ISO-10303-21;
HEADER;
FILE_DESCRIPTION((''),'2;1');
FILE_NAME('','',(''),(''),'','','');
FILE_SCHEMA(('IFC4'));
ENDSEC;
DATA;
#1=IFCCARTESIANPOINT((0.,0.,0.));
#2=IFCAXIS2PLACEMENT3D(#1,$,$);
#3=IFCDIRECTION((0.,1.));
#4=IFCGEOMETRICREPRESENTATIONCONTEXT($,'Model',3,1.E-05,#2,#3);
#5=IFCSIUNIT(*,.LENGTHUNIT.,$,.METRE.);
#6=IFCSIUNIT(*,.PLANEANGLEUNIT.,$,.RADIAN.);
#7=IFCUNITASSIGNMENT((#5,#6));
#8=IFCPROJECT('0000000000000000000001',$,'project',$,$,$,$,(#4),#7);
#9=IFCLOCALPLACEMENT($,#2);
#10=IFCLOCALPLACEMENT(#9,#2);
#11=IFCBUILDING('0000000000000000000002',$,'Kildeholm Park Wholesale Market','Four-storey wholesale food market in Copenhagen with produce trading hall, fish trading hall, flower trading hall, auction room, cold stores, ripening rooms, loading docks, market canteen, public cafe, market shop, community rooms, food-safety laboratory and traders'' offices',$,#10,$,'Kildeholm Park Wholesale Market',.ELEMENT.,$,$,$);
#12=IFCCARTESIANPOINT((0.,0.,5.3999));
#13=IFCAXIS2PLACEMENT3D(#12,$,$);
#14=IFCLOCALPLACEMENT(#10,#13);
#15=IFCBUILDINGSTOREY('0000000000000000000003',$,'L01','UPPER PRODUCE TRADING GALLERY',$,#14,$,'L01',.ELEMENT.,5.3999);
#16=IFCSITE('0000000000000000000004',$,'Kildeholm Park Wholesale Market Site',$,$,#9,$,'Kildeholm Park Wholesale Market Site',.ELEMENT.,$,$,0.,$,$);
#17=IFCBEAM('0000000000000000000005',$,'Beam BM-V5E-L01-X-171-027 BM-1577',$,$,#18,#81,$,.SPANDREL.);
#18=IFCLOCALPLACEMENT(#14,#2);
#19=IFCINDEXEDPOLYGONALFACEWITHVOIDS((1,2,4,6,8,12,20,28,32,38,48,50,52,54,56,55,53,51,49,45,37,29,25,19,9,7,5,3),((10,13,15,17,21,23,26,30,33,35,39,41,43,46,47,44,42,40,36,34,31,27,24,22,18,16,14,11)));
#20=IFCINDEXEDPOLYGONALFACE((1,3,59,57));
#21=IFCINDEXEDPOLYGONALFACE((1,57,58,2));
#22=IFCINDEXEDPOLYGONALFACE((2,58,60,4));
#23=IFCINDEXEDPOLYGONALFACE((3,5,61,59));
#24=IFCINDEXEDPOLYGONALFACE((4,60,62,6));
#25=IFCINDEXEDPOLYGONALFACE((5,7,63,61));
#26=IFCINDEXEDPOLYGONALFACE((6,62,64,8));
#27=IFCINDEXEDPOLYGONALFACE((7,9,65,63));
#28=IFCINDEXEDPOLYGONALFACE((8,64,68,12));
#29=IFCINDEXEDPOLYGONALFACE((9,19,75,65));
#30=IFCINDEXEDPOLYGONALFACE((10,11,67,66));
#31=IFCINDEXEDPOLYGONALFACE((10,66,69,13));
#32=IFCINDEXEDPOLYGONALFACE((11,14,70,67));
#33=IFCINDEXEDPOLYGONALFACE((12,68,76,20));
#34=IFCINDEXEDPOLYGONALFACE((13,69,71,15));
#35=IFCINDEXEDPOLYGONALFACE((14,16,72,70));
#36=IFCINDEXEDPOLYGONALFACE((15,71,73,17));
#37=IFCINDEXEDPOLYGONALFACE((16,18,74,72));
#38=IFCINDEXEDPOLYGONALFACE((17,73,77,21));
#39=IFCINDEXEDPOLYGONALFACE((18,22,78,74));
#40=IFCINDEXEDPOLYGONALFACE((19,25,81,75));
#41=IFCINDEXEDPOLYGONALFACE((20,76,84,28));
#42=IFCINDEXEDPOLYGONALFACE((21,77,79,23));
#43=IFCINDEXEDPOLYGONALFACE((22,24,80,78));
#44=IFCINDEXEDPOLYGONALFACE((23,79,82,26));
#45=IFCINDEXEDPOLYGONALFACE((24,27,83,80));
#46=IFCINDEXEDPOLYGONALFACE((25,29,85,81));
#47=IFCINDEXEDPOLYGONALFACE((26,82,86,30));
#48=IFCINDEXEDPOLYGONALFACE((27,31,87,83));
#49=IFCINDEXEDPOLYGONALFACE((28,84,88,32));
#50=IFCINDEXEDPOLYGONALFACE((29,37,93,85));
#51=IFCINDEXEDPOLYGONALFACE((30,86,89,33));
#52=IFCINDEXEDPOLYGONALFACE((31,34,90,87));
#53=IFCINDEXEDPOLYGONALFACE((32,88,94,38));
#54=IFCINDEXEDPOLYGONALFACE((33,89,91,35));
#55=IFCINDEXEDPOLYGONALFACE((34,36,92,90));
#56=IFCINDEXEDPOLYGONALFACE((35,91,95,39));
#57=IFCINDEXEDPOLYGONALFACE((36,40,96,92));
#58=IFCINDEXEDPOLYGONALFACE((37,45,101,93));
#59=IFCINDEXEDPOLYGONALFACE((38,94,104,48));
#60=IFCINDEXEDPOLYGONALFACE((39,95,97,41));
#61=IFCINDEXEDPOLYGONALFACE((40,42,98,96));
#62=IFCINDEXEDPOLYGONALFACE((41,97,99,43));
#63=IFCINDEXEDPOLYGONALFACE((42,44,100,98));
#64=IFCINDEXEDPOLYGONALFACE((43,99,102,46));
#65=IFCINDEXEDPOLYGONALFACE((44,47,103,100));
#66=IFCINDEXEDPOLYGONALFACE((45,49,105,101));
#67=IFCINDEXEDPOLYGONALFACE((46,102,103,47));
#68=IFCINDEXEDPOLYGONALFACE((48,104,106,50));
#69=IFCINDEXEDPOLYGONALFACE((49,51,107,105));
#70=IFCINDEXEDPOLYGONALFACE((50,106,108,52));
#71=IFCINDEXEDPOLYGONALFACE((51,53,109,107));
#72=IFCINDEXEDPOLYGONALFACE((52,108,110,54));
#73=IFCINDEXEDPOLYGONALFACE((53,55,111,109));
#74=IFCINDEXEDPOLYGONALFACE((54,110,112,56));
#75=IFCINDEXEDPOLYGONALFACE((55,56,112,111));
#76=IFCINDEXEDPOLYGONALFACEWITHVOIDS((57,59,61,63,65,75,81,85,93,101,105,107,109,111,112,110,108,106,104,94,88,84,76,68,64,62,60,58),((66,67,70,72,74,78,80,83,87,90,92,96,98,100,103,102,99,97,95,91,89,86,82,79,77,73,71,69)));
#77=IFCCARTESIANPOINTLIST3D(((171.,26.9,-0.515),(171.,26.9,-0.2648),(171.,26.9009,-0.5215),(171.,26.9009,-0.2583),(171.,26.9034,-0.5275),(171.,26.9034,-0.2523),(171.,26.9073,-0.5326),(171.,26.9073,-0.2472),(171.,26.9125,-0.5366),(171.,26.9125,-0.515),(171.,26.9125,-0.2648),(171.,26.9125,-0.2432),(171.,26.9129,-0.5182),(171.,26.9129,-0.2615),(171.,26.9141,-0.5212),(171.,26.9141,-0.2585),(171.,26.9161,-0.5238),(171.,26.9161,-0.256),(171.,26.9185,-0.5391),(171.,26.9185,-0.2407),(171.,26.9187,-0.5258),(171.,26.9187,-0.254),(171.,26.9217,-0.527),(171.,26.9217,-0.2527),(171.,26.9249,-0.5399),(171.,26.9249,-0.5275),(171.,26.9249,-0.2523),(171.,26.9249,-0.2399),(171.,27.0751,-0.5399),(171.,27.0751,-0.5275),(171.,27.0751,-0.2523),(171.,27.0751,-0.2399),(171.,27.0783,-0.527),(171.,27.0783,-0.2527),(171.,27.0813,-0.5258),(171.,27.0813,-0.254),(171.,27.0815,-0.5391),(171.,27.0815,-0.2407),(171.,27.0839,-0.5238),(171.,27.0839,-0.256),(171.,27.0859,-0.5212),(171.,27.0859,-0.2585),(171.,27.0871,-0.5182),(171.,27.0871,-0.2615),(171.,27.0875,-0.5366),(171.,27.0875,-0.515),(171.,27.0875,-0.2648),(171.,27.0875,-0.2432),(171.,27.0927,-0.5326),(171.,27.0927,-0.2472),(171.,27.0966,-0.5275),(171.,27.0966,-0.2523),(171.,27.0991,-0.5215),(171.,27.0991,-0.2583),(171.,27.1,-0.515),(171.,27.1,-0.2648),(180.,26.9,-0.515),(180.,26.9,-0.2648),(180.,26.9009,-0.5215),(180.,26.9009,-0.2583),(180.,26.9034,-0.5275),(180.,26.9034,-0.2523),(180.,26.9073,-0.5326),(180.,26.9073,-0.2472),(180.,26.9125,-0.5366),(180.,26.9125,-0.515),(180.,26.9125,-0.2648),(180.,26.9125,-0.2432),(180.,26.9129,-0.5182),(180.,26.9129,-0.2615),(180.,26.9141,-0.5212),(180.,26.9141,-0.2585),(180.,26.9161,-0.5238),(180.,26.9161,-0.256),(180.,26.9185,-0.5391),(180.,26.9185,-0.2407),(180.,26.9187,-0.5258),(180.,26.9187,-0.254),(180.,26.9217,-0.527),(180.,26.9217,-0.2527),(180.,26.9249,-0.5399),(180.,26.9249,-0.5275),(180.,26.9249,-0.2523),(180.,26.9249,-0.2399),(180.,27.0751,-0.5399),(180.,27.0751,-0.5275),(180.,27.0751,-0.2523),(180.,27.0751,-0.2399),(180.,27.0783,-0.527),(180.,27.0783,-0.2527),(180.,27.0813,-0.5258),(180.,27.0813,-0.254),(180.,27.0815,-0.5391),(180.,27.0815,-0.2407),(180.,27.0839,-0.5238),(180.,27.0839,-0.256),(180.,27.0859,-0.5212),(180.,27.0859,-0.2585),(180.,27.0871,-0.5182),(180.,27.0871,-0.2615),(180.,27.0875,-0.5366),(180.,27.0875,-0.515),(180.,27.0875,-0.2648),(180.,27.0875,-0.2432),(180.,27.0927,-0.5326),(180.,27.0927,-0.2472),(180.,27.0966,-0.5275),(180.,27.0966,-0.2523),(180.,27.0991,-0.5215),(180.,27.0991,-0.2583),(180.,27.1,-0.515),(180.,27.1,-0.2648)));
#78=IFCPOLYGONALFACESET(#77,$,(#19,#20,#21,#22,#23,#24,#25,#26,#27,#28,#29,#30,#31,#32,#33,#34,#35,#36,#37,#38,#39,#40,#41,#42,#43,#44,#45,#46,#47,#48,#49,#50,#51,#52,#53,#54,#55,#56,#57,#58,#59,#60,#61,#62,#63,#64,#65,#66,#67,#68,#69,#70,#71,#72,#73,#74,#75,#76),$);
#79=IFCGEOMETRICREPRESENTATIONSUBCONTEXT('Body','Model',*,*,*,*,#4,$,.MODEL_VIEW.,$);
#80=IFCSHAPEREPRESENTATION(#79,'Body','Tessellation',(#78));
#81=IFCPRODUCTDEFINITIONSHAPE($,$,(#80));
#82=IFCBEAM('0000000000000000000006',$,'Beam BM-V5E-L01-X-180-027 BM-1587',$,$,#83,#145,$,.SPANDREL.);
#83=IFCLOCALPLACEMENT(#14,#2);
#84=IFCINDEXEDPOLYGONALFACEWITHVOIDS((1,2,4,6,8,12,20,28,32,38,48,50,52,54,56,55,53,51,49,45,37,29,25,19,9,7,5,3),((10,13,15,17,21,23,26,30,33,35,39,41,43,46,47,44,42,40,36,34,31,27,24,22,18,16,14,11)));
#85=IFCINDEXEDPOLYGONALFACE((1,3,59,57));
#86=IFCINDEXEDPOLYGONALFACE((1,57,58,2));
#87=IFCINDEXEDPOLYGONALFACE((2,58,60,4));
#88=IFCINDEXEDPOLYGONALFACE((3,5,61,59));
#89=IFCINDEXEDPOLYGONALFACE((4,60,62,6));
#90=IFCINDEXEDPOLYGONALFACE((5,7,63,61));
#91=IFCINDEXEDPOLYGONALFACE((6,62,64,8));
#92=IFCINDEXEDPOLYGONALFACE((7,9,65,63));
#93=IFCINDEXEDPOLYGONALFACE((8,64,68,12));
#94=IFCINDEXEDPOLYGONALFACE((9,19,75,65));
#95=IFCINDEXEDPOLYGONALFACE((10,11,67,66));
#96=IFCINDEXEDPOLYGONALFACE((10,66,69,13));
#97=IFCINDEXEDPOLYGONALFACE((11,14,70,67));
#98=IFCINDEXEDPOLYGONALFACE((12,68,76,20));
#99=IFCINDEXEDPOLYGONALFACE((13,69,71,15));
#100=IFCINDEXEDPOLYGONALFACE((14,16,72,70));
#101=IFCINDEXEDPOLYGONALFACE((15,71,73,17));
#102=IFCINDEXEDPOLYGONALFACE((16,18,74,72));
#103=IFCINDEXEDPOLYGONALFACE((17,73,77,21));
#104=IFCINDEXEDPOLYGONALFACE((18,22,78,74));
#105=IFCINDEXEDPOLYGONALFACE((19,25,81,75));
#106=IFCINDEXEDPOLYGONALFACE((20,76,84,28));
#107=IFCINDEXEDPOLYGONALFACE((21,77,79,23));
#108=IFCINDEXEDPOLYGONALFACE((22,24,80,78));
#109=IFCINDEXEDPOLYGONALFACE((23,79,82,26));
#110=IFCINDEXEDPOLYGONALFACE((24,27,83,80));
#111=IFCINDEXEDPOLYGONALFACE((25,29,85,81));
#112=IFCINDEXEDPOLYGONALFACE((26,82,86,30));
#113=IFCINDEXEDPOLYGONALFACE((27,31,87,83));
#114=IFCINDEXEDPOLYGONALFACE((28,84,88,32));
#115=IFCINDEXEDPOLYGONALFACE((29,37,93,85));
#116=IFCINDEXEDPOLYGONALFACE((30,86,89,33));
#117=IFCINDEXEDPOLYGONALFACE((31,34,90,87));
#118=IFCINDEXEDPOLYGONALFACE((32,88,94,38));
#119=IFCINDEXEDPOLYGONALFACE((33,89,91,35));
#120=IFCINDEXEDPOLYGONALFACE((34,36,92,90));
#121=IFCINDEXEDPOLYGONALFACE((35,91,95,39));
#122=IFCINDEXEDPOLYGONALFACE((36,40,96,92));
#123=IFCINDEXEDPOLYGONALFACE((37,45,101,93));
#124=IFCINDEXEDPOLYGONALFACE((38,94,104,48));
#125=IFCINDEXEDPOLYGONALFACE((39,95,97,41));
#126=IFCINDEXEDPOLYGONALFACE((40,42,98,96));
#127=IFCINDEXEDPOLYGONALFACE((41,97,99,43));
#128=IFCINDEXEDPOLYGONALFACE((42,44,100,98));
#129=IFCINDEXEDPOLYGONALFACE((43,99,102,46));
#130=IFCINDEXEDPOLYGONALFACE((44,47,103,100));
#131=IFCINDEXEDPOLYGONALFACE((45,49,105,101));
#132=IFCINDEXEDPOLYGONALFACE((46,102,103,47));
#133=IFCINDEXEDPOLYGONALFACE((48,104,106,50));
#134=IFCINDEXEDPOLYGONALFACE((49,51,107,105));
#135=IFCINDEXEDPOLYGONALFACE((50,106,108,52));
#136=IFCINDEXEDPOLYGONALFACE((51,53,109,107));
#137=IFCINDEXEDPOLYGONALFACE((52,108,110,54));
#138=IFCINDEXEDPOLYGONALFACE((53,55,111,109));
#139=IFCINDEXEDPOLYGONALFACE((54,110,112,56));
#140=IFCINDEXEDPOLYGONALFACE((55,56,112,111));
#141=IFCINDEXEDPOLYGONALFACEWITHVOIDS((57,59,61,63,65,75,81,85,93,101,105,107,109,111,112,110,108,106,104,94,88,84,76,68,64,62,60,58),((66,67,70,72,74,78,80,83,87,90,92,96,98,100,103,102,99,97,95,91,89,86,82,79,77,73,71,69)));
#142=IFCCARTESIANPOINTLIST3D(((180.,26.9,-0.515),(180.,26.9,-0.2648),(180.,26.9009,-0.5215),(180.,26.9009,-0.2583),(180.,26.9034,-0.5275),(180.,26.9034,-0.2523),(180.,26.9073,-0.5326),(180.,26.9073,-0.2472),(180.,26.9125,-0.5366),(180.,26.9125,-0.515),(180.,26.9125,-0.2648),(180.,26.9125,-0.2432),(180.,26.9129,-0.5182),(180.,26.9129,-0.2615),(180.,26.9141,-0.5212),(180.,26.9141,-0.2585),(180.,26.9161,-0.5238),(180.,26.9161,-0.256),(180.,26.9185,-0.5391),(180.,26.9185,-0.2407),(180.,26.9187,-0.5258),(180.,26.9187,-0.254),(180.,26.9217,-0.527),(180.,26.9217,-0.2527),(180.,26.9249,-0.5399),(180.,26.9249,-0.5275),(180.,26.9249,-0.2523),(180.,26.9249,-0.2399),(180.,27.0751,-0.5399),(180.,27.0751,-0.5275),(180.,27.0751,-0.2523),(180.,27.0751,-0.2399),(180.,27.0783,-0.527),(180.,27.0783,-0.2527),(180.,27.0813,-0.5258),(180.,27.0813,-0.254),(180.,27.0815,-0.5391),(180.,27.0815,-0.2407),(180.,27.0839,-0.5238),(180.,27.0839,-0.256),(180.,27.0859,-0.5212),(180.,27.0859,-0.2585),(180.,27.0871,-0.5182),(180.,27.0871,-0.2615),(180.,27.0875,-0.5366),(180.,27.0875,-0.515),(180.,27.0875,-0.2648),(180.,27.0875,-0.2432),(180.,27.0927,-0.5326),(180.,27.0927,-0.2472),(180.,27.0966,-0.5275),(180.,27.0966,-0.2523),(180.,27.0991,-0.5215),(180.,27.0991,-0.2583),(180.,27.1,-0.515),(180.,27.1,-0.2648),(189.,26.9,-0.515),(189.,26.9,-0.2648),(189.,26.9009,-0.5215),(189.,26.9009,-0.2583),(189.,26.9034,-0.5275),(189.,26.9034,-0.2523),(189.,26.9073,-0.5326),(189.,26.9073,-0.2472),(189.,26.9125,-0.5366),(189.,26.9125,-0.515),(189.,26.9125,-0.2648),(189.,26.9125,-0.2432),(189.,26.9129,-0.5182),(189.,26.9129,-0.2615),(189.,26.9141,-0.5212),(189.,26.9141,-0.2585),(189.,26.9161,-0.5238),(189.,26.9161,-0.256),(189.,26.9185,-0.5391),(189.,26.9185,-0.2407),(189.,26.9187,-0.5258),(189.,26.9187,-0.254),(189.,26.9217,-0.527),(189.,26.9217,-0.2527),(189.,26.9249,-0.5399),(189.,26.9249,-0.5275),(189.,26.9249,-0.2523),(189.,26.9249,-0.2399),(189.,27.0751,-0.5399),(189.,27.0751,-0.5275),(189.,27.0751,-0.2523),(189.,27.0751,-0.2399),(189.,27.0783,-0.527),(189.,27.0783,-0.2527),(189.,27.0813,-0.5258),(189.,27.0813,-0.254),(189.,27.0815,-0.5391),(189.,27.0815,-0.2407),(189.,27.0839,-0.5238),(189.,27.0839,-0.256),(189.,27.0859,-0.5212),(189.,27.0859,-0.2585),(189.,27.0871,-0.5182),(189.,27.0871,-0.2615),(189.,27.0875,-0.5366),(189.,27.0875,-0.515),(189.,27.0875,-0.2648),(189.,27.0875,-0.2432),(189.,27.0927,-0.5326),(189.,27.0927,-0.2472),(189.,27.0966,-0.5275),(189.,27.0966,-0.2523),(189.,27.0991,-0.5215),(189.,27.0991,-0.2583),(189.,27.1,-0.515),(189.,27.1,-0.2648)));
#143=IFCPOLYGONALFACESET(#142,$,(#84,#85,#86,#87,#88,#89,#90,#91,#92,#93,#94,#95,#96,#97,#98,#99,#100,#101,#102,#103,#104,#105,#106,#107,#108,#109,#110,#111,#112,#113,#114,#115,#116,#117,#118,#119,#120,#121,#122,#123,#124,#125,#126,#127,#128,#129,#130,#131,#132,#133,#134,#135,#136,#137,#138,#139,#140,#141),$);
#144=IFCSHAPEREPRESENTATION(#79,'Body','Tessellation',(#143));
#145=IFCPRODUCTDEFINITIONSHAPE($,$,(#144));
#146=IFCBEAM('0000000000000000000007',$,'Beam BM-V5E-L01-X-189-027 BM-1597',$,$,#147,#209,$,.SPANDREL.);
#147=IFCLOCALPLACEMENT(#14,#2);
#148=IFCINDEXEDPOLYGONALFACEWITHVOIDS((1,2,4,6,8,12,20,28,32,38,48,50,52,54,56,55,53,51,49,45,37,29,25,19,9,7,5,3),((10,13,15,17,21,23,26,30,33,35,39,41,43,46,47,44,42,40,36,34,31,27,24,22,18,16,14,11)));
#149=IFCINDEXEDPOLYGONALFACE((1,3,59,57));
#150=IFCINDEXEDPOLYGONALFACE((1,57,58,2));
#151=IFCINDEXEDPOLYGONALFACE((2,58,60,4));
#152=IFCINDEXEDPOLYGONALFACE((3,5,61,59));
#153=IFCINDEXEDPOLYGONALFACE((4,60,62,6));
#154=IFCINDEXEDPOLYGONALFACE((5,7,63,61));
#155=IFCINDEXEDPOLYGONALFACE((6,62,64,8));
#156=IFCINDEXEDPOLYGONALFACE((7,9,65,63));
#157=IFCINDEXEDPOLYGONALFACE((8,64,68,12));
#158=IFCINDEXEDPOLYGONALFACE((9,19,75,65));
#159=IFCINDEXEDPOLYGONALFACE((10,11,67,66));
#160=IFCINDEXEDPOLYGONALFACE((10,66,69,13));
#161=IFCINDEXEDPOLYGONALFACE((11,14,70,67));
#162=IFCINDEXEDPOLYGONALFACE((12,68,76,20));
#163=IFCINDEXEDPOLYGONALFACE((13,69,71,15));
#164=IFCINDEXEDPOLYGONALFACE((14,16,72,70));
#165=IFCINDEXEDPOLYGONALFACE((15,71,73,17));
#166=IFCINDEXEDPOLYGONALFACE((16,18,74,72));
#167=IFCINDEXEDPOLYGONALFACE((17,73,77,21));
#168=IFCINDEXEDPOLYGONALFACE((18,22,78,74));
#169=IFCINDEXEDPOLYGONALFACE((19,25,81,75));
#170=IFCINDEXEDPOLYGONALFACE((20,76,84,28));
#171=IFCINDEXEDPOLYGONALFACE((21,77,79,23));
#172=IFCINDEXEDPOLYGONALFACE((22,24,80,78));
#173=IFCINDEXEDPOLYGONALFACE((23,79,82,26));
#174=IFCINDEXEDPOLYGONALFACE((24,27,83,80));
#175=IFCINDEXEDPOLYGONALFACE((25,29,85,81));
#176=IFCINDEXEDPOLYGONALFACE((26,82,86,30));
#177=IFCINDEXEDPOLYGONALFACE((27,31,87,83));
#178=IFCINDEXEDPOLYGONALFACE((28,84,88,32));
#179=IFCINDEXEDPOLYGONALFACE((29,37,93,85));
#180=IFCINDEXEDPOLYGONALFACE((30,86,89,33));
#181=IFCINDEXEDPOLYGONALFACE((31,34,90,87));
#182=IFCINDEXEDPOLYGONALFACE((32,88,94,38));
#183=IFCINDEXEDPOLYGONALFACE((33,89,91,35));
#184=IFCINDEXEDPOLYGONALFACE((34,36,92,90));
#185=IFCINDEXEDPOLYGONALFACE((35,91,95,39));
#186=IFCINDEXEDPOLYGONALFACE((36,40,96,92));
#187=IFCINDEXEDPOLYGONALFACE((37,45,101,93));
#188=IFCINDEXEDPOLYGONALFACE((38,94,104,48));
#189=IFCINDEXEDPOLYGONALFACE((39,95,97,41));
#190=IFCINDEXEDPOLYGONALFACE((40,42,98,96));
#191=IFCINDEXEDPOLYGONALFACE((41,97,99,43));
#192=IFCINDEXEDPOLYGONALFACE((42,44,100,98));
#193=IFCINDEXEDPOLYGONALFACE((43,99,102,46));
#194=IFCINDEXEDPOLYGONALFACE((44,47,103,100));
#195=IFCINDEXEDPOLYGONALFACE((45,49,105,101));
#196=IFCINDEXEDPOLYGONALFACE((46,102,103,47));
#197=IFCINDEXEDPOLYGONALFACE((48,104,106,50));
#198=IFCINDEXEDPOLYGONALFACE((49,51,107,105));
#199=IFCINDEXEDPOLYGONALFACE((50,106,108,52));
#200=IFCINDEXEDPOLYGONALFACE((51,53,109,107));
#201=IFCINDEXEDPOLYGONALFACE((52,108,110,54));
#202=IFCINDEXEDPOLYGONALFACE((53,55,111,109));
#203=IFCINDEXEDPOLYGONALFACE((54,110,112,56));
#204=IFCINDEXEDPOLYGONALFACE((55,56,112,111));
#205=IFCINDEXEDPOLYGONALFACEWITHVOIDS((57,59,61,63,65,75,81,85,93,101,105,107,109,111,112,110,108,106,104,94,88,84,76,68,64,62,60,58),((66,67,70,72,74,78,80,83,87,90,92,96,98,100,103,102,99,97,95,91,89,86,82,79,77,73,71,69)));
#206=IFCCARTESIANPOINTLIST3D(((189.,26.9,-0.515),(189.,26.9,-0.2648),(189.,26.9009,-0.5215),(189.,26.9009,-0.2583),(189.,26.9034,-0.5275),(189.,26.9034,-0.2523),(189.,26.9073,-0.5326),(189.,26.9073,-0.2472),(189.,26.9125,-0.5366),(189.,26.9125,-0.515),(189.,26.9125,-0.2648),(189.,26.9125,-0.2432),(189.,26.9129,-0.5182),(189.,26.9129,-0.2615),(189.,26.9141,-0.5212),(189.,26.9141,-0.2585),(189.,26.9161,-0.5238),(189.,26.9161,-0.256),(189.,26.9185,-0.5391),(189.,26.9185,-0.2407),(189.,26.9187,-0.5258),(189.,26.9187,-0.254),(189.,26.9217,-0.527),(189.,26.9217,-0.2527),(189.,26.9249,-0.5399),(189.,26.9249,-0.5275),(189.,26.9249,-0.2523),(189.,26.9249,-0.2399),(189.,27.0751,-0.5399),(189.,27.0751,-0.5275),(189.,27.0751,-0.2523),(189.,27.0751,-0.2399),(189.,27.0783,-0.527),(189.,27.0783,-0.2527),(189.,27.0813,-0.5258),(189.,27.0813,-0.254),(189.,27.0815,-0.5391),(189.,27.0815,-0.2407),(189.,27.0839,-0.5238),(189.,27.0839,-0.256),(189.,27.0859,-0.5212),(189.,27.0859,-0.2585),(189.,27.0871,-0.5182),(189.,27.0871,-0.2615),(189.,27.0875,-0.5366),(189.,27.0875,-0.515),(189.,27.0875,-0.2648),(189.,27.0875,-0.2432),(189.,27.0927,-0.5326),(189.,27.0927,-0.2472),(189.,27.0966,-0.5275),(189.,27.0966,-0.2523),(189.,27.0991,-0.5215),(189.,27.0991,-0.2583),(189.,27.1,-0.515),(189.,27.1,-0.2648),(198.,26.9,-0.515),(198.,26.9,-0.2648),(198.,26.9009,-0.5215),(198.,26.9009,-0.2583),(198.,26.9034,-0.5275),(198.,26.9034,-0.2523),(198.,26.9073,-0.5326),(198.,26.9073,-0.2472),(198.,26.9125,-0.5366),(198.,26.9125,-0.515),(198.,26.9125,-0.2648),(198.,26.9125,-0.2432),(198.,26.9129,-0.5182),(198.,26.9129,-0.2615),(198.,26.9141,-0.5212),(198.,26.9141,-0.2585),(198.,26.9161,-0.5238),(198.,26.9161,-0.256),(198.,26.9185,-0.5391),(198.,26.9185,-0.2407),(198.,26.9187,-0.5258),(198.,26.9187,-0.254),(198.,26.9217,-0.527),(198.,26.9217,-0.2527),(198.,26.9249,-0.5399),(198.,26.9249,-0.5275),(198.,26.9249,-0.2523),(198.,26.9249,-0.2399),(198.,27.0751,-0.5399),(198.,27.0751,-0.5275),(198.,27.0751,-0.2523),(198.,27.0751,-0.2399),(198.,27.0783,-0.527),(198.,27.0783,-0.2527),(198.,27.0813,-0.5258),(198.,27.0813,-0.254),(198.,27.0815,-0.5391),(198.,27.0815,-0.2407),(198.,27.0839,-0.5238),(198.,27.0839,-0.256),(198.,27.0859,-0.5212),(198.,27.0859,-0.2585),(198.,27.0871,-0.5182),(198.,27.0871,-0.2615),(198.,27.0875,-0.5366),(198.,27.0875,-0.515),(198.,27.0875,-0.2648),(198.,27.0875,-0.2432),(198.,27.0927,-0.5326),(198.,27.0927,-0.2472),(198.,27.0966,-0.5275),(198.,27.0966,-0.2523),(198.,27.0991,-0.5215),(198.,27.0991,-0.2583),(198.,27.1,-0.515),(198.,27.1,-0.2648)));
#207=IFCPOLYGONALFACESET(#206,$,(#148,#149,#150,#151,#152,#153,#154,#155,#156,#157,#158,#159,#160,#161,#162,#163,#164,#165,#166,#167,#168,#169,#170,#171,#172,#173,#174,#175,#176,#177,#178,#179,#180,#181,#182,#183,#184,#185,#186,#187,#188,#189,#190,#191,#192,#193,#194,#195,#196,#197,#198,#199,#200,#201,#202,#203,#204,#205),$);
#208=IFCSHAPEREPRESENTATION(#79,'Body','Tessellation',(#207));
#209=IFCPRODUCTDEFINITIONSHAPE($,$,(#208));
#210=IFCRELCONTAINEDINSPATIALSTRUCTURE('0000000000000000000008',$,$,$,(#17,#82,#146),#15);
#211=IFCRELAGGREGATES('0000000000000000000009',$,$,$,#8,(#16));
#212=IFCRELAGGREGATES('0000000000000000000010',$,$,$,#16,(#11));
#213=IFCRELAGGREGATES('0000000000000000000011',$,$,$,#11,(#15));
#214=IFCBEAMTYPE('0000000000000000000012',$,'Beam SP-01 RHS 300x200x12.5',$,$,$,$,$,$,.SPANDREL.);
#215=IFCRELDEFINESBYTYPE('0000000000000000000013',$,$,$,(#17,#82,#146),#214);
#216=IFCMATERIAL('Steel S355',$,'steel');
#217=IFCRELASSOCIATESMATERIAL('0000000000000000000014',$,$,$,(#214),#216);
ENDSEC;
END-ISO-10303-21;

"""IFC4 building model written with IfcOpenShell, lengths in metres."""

from ifc_helpers import new_model, si_unit, direction, frame, origin, origin_2d, place, context, subcontext, project, spatial, hollow_rectangle, extrude, material, material_profile, profile_set, type_object, element, save


model = new_model("IFC4")

# Units and contexts
model_context = context("Model", 3, precision=1e-05, world=origin(), true_north=direction((0.0, 1.0)))
body_context = subcontext(model_context, "Body", "Model", "MODEL_VIEW")
ifc_project = project(units=[si_unit("LENGTHUNIT", "METRE"), si_unit("PLANEANGLEUNIT", "RADIAN")], contexts=[model_context])

# Site, building, storey
site_placement = place(None, origin())
site = spatial("IfcSite", under=ifc_project, at=site_placement, Name="Kildeholm Park Wholesale Market Site", LongName="Kildeholm Park Wholesale Market Site", CompositionType="ELEMENT", RefElevation=0.0)
building_placement = place(site_placement, origin())
building = spatial("IfcBuilding", under=site, at=building_placement, Name="Kildeholm Park Wholesale Market", Description="Four-storey wholesale food market in Copenhagen with produce trading hall, fish trading hall, flower trading hall, auction room, cold stores, ripening rooms, loading docks, market canteen, public cafe, market shop, community rooms, food-safety laboratory and traders' offices", LongName="Kildeholm Park Wholesale Market", CompositionType="ELEMENT")
storey_placement = place(building_placement, frame((0.0, 0.0, 5.3999)))
storey = spatial("IfcBuildingStorey", under=building, at=storey_placement, Name="L01", Description="UPPER PRODUCE TRADING GALLERY", LongName="L01", CompositionType="ELEMENT", Elevation=5.3999)

# Shared definitions
ifc_material_1 = material(Name="Steel S355", Category="steel")

# Beams
ifc_material_profile_1 = material_profile(ifc_material_1, hollow_rectangle(XDim=0.2, YDim=0.3, WallThickness=0.0125, InnerFilletRadius=0.0125, OuterFilletRadius=0.0249, at=origin_2d()), Name="RHS 300x200x12.5")
ifc_profile_set_1 = profile_set([ifc_material_profile_1], Name="Steel S355")
beam_type_1 = type_object("IfcBeamType", Name="Beam SP-01 RHS 300x200x12.5", PredefinedType="SPANDREL", material=ifc_profile_set_1)
for number, where, z_axis, x_axis, name in (
    (1, (171.0, 27.0, -0.3899), (1.0, 0.0, 0.0), (0.0, 1.0, 0.0), "Beam BM-V5E-L01-X-171-027 BM-1577"),
    (2, (180.0, 27.0, -0.3899), (1.0, 0.0, 0.0), (0.0, 1.0, 0.0), "Beam BM-V5E-L01-X-180-027 BM-1587"),
    (3, (189.0, 27.0, -0.3899), (1.0, 0.0, 0.0), (0.0, 1.0, 0.0), "Beam BM-V5E-L01-X-189-027 BM-1597"),
):
    element("IfcBeam", number, at=place(storey_placement, frame(where, z_axis=z_axis, x_axis=x_axis)), inside=storey, type_object=beam_type_1, Name=name, PredefinedType="SPANDREL", context=body_context, shape_type="SweptSolid", body=[
        extrude(hollow_rectangle(XDim=0.2, YDim=0.3, WallThickness=0.0125, InnerFilletRadius=0.0125, OuterFilletRadius=0.0249, at=origin_2d()), origin(), (0.0, 0.0, 1.0), 9.0),
    ])

save(model, "model.ifc")
